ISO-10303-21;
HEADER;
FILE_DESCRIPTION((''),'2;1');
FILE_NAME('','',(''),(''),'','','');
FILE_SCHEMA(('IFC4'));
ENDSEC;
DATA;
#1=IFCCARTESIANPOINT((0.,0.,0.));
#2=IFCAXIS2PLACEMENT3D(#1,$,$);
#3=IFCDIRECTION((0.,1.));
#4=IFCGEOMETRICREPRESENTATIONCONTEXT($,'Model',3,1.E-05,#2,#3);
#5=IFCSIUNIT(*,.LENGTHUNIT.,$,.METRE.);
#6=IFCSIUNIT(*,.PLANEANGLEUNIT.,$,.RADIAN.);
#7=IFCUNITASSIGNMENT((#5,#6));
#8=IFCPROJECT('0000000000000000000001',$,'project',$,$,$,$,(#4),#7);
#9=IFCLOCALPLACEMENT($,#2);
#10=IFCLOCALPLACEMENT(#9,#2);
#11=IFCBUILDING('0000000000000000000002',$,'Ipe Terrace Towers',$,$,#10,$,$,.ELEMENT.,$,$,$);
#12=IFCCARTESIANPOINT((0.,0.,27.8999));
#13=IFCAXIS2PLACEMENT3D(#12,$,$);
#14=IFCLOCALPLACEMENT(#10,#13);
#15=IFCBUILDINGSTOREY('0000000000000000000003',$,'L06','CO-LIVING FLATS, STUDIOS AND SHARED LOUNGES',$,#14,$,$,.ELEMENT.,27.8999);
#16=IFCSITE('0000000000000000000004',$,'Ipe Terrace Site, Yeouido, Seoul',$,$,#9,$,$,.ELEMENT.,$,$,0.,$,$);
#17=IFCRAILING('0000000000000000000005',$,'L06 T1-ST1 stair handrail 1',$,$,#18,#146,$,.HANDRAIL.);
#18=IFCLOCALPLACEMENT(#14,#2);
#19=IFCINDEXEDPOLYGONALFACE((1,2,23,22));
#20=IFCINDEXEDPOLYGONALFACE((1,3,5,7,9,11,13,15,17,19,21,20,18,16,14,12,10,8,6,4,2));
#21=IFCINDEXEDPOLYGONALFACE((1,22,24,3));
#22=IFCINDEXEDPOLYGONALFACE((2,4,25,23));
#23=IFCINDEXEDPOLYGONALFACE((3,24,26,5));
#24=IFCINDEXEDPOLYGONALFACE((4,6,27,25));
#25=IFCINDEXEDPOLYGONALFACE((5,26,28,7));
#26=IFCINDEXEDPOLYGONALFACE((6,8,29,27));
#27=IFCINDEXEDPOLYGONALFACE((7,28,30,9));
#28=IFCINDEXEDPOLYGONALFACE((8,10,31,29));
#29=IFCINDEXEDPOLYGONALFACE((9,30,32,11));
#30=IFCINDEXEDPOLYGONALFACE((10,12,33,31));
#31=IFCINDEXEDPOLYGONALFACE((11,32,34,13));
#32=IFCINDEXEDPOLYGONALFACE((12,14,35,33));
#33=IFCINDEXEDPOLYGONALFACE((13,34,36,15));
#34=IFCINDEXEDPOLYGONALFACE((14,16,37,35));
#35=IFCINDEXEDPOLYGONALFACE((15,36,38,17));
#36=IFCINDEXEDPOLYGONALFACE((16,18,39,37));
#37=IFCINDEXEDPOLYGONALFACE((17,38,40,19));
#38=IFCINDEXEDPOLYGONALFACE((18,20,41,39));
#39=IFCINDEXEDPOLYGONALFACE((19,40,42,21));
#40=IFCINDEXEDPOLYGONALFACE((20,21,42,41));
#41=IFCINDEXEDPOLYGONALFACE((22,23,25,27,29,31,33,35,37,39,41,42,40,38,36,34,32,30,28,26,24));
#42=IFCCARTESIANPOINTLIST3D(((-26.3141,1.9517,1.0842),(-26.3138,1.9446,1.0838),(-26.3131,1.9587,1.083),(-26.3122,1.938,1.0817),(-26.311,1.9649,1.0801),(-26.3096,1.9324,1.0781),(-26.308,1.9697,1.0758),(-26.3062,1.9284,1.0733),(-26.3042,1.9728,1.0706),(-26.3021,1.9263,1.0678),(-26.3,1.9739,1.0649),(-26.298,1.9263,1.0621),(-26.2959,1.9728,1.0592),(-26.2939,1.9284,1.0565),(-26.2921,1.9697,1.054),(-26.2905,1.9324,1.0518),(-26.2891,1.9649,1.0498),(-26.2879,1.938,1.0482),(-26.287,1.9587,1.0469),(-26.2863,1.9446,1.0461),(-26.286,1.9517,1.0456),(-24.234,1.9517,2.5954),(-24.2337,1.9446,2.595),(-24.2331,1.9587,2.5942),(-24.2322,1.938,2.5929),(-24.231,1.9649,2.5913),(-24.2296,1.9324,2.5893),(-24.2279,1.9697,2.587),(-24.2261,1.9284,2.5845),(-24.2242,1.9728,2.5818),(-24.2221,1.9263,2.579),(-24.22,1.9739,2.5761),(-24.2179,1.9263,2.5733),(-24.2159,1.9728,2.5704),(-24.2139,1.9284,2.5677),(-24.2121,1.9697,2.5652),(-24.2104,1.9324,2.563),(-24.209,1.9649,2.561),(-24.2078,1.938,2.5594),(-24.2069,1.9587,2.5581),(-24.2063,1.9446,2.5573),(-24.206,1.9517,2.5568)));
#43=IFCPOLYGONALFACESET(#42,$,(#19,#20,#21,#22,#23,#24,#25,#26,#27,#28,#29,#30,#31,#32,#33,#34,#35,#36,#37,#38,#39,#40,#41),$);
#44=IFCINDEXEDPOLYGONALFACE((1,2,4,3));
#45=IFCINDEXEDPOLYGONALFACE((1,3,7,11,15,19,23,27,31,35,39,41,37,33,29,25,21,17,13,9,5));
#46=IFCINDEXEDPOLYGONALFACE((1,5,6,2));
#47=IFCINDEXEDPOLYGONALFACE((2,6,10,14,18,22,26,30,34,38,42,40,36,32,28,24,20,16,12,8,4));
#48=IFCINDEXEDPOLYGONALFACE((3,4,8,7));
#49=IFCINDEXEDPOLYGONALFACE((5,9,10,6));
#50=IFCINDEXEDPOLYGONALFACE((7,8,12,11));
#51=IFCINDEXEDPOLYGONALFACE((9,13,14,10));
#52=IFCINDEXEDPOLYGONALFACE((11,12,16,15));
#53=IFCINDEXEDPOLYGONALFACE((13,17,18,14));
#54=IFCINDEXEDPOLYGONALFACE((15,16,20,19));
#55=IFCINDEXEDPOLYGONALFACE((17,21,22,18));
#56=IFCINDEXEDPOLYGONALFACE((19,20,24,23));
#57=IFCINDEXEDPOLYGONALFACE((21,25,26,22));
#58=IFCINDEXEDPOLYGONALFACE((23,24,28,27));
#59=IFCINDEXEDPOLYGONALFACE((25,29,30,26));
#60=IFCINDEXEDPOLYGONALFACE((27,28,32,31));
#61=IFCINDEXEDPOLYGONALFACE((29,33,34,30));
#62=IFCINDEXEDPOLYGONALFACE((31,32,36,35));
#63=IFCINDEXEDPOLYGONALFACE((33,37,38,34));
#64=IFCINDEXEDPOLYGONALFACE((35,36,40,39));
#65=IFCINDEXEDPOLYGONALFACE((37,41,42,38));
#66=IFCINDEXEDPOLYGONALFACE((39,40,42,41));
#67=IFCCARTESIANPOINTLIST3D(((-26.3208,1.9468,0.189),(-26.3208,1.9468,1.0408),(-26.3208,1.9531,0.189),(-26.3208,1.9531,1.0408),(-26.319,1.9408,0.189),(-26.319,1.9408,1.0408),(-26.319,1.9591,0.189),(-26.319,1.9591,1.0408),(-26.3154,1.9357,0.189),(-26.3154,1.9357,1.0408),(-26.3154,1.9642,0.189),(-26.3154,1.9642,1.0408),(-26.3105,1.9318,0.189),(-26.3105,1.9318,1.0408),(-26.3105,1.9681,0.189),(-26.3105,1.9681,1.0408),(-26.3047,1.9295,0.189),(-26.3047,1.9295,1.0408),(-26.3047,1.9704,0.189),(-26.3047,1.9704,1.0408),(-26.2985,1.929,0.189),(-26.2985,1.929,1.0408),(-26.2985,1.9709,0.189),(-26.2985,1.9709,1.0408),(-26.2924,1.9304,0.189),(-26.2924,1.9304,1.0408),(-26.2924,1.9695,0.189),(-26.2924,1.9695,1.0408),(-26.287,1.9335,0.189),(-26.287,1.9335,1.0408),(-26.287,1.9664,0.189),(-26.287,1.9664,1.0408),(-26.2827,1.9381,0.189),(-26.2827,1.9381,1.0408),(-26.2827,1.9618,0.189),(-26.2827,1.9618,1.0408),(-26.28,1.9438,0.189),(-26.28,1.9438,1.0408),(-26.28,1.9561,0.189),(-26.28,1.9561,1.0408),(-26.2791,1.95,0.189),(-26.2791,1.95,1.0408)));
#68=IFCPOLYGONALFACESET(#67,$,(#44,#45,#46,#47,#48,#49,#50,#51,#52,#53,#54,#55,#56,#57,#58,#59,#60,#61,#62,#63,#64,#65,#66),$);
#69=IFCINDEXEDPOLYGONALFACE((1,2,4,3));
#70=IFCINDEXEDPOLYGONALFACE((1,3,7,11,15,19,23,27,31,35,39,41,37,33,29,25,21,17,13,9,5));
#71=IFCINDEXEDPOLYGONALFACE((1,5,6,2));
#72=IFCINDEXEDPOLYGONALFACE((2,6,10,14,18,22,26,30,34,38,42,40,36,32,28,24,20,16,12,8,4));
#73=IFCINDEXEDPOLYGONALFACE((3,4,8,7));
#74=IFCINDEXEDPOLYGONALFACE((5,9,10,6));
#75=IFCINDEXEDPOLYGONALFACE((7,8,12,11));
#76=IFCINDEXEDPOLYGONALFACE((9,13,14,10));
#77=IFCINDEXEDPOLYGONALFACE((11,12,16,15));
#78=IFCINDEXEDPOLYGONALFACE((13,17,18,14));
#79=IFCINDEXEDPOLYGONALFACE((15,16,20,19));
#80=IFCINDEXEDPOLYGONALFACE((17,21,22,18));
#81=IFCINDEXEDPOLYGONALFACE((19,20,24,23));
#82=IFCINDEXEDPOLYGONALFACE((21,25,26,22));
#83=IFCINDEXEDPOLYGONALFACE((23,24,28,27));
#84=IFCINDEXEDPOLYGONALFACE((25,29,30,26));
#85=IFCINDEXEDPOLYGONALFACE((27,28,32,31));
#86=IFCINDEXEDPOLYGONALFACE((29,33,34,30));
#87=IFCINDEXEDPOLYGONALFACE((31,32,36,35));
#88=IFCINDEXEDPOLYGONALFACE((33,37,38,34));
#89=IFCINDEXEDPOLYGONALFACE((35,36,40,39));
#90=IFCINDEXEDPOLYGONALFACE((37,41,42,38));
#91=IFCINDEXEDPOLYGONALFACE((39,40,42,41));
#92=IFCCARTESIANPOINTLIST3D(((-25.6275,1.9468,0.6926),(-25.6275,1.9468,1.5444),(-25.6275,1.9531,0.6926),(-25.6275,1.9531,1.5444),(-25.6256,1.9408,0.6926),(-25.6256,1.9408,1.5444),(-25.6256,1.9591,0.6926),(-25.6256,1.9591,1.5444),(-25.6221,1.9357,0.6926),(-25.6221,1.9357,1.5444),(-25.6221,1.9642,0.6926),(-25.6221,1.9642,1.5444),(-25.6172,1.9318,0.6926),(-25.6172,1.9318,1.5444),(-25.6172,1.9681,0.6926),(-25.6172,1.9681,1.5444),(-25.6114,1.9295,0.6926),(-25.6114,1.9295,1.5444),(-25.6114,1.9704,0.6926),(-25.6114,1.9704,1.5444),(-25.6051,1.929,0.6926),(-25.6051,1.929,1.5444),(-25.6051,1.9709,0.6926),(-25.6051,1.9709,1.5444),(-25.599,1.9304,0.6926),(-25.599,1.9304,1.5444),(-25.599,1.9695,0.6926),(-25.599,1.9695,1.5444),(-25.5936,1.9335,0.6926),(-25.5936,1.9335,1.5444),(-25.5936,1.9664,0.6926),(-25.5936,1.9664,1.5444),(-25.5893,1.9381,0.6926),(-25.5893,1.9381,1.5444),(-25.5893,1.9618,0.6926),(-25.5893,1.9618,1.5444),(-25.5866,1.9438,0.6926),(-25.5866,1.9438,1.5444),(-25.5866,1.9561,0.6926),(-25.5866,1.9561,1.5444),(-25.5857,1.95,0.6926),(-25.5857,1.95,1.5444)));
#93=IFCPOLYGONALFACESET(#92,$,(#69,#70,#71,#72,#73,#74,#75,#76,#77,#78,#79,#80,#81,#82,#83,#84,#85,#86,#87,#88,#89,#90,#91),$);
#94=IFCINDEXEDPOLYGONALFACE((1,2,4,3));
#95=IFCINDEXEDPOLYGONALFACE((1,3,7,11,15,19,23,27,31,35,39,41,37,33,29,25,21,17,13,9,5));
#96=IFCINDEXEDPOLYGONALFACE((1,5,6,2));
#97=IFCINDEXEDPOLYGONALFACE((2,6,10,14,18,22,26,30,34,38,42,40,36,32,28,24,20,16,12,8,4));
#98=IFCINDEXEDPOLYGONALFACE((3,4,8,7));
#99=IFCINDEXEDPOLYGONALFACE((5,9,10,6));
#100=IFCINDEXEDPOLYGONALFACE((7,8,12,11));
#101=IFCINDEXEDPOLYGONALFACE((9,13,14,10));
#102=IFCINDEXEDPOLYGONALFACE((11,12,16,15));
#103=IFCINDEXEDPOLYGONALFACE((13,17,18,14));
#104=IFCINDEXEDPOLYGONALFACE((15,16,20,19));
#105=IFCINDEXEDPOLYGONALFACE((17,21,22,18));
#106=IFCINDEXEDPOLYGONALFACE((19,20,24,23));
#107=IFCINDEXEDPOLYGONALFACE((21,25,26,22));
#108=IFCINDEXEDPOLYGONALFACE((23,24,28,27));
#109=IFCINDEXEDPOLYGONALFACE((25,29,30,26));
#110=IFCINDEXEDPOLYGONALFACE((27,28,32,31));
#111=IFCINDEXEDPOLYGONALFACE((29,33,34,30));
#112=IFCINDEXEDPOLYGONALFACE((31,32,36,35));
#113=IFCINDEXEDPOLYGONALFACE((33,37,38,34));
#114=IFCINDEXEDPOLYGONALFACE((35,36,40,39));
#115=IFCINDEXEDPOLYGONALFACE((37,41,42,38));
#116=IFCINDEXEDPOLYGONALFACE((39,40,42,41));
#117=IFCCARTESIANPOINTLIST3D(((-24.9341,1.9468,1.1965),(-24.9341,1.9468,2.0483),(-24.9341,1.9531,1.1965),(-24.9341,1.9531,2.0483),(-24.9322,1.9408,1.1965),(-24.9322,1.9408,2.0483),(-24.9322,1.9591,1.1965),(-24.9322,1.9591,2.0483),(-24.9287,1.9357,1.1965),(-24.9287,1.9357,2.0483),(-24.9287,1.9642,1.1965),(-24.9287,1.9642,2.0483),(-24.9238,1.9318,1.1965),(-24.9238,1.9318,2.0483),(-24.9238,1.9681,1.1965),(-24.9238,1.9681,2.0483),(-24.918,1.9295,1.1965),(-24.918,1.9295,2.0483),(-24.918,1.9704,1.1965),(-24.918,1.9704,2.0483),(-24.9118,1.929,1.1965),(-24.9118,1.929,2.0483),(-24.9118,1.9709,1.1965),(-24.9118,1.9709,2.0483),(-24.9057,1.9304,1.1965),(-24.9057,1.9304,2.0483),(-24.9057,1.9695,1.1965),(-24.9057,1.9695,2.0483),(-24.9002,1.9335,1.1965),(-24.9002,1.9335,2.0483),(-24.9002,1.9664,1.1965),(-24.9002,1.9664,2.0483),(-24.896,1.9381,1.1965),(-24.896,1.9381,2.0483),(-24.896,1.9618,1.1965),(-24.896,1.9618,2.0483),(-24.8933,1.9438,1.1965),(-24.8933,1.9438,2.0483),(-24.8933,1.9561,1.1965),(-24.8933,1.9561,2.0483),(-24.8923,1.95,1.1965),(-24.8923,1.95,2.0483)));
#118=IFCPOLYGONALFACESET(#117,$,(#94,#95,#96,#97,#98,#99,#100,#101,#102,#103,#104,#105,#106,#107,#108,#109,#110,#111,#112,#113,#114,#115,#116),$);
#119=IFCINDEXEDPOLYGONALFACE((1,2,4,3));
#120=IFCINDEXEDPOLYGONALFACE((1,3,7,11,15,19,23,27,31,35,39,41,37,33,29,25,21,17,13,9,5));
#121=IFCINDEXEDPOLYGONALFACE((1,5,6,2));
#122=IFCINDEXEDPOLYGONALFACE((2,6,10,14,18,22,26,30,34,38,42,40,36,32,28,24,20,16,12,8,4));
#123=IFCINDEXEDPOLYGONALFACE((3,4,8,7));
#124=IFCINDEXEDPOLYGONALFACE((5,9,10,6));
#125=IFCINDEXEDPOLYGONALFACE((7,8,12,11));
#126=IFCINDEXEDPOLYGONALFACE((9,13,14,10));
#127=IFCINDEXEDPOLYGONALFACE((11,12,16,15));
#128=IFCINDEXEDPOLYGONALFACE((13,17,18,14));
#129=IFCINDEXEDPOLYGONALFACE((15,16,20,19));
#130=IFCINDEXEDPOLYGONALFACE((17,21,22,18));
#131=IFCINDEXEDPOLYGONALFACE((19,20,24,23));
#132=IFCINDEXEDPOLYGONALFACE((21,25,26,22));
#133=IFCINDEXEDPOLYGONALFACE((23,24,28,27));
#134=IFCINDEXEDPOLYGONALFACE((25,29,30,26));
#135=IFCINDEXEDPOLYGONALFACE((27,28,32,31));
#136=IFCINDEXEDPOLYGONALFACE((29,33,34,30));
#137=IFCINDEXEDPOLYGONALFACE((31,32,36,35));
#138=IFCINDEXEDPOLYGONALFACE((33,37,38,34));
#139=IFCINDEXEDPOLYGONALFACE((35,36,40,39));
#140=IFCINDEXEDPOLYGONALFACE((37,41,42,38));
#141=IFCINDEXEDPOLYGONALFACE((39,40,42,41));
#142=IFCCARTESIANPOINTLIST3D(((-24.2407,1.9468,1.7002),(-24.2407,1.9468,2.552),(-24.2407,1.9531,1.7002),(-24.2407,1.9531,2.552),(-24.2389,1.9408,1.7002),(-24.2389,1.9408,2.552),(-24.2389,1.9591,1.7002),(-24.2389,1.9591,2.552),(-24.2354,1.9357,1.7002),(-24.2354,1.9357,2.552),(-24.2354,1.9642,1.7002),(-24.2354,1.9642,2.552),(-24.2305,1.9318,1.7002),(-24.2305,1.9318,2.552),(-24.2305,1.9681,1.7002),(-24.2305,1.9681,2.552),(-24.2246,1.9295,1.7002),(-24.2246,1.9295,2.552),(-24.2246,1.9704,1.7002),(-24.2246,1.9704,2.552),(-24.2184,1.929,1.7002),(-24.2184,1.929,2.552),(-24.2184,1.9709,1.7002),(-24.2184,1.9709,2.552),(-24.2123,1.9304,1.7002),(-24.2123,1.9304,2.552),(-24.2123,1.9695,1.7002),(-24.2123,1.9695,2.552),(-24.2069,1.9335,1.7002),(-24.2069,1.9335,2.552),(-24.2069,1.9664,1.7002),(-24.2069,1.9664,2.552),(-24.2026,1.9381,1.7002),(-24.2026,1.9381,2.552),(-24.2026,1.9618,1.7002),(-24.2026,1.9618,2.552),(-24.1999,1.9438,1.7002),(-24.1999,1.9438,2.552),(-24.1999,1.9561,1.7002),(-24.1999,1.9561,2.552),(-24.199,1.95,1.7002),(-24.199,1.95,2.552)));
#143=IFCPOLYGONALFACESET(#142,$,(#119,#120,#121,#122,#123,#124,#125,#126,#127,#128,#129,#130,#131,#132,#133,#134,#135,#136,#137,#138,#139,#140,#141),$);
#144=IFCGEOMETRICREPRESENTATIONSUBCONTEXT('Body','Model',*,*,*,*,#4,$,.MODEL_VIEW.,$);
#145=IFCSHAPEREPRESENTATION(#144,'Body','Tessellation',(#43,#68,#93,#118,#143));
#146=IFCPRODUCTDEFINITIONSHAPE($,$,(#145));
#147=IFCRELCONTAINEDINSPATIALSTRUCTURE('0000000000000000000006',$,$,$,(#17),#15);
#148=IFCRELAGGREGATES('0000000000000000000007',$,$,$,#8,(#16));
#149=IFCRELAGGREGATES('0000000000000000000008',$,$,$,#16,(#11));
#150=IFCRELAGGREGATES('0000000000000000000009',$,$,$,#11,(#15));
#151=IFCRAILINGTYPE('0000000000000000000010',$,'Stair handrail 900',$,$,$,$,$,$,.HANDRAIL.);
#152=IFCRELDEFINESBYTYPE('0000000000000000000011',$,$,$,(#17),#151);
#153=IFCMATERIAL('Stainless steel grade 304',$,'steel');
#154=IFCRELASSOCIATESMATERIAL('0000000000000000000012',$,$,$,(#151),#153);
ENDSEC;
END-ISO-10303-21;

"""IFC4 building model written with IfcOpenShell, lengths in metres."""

from ifc_helpers import new_model, si_unit, direction, frame, origin, origin_2d, place, context, subcontext, project, spatial, circle, extrude, material, type_object, element, save


model = new_model("IFC4")

# Units and contexts
model_context = context("Model", 3, precision=1e-05, world=origin(), true_north=direction((0.0, 1.0)))
body_context = subcontext(model_context, "Body", "Model", "MODEL_VIEW")
ifc_project = project(units=[si_unit("LENGTHUNIT", "METRE"), si_unit("PLANEANGLEUNIT", "RADIAN")], contexts=[model_context])

# Site, building, storey
site_placement = place(None, origin())
site = spatial("IfcSite", under=ifc_project, at=site_placement, Name="Ipe Terrace Site, Yeouido, Seoul", CompositionType="ELEMENT", RefElevation=0.0)
building_placement = place(site_placement, origin())
building = spatial("IfcBuilding", under=site, at=building_placement, Name="Ipe Terrace Towers", CompositionType="ELEMENT")
storey_placement = place(building_placement, frame((0.0, 0.0, 27.8999)))
storey = spatial("IfcBuildingStorey", under=building, at=storey_placement, Name="L06", Description="CO-LIVING FLATS, STUDIOS AND SHARED LOUNGES", CompositionType="ELEMENT", Elevation=27.8999)

# Railing
ifc_material_1 = material(Name="Stainless steel grade 304", Category="steel")
railing_type_1 = type_object("IfcRailingType", Name="Stair handrail 900", PredefinedType="HANDRAIL", material=ifc_material_1)
railing_1_placement = place(storey_placement, frame((-26.3, 1.95, 0.189)))
element("IfcRailing", 1, at=railing_1_placement, inside=storey, type_object=railing_type_1, Name="L06 T1-ST1 stair handrail 1", PredefinedType="HANDRAIL", context=body_context, shape_type="SweptSolid", body=[
    extrude(circle(Radius=0.0239, at=origin_2d()), frame((0.0, 0.0, 0.876), z_axis=(0.809023, 0.0, 0.587776), x_axis=(0.0, 1.0, 0.0)), (0.0, 0.0, 1.0), 2.571),
    extrude(circle(Radius=0.021, at=origin_2d()), origin(), (0.0, 0.0, 1.0), 0.8518),
    extrude(circle(Radius=0.021, at=origin_2d()), frame((0.6934, 0.0, 0.5037)), (0.0, 0.0, 1.0), 0.8518),
    extrude(circle(Radius=0.021, at=origin_2d()), frame((1.3867, 0.0, 1.0076)), (0.0, 0.0, 1.0), 0.8518),
    extrude(circle(Radius=0.021, at=origin_2d()), frame((2.0801, 0.0, 1.5112)), (0.0, 0.0, 1.0), 0.8518),
])

save(model, "model.ifc")
